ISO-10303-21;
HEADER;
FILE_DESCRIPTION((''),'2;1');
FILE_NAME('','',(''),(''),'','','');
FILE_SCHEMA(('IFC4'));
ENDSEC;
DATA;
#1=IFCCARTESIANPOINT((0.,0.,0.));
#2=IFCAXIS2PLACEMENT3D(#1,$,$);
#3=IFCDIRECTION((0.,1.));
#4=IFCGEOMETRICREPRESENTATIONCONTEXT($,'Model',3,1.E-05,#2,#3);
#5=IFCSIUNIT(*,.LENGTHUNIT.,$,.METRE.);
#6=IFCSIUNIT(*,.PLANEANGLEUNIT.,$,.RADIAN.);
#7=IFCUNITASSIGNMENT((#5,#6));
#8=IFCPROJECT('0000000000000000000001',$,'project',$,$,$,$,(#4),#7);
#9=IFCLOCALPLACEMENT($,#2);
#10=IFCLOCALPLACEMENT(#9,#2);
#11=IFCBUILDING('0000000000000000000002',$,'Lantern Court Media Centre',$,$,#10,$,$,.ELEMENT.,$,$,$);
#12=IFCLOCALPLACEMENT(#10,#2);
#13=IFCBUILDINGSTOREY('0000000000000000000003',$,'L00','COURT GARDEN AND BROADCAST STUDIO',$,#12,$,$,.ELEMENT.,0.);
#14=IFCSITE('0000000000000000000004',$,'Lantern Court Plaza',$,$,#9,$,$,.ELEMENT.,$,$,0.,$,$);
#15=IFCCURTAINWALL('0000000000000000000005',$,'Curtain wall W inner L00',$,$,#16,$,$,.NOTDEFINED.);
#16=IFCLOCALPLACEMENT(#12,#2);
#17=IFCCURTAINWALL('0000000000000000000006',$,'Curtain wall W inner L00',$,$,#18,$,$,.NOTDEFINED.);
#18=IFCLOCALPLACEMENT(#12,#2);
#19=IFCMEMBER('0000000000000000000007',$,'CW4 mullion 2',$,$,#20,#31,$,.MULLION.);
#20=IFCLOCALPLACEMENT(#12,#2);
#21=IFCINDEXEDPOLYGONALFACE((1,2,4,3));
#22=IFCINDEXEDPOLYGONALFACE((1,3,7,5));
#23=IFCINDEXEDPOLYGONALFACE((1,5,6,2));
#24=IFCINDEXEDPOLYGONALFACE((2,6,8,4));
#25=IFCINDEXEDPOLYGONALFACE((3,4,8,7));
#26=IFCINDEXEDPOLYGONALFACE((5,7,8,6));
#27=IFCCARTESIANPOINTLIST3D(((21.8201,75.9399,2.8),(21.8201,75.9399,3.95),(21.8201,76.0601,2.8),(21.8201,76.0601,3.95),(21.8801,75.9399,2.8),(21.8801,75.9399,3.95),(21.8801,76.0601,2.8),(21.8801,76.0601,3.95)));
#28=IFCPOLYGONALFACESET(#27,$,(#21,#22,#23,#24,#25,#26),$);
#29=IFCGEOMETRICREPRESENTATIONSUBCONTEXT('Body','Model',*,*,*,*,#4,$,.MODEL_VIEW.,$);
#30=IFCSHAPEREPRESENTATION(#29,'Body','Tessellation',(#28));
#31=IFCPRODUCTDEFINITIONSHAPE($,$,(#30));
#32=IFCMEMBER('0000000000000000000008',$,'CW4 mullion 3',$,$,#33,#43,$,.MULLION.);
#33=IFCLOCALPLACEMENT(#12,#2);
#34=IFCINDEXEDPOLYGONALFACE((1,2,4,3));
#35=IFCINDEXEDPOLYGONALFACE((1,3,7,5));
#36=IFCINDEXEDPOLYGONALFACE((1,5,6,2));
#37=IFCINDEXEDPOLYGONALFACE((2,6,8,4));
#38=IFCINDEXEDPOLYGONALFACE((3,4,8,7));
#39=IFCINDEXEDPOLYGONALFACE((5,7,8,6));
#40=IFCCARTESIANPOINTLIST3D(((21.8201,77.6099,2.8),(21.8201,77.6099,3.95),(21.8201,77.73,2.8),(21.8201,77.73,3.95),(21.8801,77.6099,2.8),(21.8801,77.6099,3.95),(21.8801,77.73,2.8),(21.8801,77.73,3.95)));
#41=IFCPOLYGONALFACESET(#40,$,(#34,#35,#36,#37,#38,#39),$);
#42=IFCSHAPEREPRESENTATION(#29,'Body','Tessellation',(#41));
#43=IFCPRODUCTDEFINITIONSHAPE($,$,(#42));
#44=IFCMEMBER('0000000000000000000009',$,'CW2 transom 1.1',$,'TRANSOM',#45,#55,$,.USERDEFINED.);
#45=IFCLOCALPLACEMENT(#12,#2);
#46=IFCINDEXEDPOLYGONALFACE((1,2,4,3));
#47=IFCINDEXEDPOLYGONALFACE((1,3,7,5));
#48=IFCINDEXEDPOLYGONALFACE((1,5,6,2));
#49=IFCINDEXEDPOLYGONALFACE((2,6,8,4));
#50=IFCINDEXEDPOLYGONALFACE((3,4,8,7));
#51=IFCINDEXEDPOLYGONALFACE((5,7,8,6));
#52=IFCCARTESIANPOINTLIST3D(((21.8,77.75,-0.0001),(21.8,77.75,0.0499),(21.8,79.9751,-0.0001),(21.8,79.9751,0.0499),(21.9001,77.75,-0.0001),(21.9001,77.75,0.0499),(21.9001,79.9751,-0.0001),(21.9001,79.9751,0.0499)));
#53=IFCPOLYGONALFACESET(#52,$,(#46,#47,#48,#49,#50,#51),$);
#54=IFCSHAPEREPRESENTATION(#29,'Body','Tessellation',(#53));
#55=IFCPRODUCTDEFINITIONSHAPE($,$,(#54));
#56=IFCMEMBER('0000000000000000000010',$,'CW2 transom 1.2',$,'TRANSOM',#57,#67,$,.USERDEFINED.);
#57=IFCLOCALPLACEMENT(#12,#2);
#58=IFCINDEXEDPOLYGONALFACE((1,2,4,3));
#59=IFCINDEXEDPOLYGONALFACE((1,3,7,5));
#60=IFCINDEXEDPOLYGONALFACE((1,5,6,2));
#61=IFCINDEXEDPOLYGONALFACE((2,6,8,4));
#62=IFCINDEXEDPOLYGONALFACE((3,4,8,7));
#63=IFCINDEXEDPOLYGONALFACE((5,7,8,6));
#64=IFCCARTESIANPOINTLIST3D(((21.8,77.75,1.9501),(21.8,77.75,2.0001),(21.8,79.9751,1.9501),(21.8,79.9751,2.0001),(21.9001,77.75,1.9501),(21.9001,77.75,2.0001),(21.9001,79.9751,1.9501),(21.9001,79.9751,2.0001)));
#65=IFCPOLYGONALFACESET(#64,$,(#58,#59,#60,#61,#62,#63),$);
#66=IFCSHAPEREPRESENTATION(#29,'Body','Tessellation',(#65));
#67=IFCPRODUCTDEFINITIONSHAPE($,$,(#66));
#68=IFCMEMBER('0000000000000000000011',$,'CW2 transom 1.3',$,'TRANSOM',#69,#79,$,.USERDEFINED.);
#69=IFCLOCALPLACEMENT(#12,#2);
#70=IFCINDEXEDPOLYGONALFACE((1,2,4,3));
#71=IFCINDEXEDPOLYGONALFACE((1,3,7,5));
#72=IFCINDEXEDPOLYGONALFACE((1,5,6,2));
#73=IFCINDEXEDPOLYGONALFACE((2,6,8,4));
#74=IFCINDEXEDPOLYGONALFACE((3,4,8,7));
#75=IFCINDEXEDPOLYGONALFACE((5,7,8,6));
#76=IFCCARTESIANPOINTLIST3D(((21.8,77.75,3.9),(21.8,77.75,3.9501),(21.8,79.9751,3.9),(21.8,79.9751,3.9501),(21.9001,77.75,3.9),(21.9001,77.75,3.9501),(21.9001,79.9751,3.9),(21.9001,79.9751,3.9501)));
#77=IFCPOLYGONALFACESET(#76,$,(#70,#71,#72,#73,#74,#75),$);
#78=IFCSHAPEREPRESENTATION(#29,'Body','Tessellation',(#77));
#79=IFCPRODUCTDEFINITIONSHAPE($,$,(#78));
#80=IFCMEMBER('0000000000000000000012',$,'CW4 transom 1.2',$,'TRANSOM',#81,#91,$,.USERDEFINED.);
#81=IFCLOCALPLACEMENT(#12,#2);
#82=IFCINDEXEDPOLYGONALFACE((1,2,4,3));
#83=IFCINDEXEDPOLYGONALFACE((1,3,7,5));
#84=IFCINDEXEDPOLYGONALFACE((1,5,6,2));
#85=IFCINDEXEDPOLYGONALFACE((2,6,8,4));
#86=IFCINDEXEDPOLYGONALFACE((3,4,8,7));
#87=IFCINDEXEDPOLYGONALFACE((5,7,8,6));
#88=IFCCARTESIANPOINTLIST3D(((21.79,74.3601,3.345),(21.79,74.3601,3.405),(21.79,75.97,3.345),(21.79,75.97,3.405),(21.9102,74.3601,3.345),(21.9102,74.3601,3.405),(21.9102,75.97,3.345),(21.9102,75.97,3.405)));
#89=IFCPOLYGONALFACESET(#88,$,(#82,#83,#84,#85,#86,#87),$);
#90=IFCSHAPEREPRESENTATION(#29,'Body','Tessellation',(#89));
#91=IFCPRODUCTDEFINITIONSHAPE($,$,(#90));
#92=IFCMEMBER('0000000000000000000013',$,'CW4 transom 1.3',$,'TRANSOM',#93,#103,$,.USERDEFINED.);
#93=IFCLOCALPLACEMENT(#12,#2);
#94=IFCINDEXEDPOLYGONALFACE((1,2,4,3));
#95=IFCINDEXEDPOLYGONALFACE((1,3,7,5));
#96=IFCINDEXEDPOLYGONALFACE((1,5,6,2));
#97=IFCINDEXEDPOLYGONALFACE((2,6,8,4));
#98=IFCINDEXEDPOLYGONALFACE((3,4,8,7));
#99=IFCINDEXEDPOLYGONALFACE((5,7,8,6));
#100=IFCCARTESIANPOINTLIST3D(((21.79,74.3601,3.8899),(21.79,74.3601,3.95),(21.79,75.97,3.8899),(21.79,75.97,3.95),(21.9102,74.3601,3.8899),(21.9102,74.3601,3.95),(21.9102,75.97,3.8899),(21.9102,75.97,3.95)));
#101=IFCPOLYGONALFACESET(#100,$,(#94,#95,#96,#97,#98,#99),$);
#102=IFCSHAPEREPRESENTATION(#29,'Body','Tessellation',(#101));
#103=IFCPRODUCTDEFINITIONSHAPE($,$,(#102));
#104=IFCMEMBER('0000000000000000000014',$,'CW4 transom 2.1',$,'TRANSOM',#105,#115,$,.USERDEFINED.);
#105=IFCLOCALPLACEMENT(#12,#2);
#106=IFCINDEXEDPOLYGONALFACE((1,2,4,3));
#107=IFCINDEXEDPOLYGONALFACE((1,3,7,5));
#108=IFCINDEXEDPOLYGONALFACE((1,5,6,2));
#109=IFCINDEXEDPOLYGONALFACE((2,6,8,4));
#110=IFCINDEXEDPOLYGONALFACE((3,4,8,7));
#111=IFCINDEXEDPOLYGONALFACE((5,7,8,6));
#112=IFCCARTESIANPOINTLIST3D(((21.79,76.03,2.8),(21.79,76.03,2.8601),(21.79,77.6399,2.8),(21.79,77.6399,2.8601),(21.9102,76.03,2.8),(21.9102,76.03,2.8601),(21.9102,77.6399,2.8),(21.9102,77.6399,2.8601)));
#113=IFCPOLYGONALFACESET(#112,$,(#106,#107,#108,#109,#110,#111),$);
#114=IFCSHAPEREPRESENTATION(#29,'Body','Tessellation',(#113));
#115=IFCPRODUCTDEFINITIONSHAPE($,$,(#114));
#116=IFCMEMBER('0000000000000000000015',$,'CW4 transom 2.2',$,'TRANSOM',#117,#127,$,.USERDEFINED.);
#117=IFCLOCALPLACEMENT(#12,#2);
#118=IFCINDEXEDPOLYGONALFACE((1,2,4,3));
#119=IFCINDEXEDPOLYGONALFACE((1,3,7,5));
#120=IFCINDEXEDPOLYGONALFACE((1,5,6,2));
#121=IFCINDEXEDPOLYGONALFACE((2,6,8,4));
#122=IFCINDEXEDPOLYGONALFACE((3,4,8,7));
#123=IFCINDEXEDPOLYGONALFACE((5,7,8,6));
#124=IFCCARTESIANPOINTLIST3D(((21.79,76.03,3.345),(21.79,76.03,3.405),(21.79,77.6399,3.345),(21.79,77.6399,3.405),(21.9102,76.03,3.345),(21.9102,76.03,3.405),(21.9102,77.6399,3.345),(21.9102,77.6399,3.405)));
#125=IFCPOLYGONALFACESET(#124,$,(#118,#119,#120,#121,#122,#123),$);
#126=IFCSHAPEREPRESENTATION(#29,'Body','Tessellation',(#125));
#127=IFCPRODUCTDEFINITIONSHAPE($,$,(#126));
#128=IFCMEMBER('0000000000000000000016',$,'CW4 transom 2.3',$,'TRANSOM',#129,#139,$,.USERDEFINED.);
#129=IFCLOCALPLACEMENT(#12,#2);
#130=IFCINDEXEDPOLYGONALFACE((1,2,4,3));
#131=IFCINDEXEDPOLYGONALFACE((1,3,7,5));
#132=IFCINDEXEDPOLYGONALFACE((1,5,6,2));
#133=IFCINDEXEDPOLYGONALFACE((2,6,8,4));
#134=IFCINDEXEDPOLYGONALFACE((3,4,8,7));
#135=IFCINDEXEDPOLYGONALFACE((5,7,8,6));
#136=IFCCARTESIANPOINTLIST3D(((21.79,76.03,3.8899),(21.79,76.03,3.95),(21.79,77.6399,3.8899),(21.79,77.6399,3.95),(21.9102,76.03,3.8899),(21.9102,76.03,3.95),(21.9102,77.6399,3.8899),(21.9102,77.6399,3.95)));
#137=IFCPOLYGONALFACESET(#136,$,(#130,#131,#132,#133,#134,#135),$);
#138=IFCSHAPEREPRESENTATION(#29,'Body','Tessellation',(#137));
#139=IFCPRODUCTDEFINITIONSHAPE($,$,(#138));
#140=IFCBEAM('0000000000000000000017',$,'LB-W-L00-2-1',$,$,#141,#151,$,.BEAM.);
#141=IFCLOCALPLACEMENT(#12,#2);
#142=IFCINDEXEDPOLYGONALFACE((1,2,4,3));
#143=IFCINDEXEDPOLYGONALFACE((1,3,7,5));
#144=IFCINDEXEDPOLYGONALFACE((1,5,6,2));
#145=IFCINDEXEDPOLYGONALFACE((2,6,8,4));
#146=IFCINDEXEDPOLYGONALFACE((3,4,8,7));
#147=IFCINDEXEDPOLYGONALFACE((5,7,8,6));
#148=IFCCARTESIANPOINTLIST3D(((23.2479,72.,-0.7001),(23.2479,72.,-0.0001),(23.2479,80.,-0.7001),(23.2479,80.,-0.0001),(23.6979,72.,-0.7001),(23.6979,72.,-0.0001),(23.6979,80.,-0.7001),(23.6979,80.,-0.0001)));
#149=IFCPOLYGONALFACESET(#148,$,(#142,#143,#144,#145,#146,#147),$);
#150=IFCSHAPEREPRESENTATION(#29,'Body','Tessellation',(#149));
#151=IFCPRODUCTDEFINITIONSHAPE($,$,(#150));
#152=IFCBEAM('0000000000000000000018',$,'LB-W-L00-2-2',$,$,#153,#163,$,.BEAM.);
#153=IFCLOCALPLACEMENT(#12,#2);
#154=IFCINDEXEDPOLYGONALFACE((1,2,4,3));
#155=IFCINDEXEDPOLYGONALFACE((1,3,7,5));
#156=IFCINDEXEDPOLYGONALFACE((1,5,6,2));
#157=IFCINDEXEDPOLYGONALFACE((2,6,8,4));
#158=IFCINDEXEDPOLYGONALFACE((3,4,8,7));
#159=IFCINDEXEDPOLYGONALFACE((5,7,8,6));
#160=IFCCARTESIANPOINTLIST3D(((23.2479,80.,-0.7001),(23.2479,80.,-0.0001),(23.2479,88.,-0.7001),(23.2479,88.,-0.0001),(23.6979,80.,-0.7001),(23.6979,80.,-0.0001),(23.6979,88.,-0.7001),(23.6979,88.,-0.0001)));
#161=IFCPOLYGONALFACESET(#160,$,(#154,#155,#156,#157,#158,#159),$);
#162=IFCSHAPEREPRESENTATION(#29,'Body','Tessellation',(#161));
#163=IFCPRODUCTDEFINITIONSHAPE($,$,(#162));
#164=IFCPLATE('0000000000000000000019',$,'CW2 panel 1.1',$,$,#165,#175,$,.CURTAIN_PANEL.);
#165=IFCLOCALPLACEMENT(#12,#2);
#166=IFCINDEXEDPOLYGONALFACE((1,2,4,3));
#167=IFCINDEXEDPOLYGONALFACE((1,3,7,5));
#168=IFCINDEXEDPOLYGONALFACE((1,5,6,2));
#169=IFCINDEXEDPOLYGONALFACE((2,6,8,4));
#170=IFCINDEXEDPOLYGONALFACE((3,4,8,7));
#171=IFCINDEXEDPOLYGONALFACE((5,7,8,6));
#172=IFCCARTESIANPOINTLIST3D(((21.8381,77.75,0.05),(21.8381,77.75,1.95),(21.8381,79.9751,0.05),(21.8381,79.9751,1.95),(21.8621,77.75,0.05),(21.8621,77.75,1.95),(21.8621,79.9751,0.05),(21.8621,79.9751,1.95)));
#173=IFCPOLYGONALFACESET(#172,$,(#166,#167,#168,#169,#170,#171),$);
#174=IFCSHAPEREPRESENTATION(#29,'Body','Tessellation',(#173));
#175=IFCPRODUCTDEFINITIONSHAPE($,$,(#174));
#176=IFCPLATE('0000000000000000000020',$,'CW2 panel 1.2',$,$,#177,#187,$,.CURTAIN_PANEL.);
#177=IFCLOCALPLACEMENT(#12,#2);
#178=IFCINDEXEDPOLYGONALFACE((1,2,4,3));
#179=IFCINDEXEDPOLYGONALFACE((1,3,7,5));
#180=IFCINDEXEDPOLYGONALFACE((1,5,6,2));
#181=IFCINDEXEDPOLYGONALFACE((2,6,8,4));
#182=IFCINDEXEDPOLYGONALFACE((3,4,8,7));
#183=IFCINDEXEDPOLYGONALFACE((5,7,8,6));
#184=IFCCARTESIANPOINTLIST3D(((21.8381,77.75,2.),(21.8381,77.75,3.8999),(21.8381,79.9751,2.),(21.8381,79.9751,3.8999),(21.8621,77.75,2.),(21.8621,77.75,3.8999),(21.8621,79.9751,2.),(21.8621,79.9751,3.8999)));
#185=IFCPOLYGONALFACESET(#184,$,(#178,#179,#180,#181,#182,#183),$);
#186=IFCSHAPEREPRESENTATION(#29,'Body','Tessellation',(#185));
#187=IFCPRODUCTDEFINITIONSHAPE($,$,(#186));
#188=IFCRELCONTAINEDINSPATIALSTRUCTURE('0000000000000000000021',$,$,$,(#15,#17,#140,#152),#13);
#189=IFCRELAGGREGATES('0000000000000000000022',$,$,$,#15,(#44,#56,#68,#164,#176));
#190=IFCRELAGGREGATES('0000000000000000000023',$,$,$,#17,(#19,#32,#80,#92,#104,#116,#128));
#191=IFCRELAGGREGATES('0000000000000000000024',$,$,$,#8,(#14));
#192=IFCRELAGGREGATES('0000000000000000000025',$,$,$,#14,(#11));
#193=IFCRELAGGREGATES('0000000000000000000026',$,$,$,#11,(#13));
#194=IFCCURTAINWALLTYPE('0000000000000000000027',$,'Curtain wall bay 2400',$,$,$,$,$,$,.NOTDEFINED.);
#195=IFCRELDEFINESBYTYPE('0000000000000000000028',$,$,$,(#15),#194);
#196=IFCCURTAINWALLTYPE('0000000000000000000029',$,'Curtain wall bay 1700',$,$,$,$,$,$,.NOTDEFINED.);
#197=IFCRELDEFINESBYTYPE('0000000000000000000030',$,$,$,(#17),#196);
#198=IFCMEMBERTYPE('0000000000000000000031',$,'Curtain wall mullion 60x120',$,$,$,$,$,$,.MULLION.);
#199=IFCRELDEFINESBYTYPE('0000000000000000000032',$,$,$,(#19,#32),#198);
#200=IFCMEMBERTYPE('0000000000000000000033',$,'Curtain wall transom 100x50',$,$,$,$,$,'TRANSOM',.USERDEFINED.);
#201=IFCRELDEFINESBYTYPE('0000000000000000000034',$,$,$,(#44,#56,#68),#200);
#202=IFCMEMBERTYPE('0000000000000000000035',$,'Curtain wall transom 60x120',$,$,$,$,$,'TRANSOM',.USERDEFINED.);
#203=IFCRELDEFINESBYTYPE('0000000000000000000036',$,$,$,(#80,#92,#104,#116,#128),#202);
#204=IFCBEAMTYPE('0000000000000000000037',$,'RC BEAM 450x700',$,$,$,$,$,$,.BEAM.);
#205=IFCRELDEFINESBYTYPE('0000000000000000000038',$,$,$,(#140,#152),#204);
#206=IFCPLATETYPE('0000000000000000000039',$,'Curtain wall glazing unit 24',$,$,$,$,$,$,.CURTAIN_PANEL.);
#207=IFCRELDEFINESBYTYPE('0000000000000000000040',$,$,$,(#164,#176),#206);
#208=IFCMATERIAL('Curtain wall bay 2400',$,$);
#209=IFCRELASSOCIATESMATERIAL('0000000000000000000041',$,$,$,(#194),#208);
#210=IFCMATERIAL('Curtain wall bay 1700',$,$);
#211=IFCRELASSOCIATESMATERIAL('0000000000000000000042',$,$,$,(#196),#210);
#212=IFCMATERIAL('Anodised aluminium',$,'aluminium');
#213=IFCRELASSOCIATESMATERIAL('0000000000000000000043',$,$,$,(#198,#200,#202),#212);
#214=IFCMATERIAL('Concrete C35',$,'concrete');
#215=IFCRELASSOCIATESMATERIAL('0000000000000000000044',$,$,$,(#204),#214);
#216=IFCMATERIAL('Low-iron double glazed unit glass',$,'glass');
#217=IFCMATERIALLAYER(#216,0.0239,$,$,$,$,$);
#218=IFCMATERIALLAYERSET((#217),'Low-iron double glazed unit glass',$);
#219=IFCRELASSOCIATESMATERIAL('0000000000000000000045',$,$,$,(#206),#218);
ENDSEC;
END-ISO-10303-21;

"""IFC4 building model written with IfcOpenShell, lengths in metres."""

from ifc_helpers import new_model, si_unit, direction, frame, origin, origin_2d, place, context, subcontext, project, spatial, rectangle, extrude, material, layer, layer_set, material_profile, profile_set, type_object, element, aggregate, save


model = new_model("IFC4")

# Units and contexts
model_context = context("Model", 3, precision=1e-05, world=origin(), true_north=direction((0.0, 1.0)))
body_context = subcontext(model_context, "Body", "Model", "MODEL_VIEW")
ifc_project = project(units=[si_unit("LENGTHUNIT", "METRE"), si_unit("PLANEANGLEUNIT", "RADIAN")], contexts=[model_context])

# Site, building, storey
site_placement = place(None, origin())
site = spatial("IfcSite", under=ifc_project, at=site_placement, Name="Lantern Court Plaza", CompositionType="ELEMENT", RefElevation=0.0)
building_placement = place(site_placement, origin())
building = spatial("IfcBuilding", under=site, at=building_placement, Name="Lantern Court Media Centre", CompositionType="ELEMENT")
storey_placement = place(building_placement, origin())
storey = spatial("IfcBuildingStorey", under=building, at=storey_placement, Name="L00", Description="COURT GARDEN AND BROADCAST STUDIO", CompositionType="ELEMENT", Elevation=0.0)

# Shared definitions
ifc_material_1 = material(Name="Concrete C35", Category="concrete")

# Shared definitions
ifc_material_2 = material(Name="Curtain wall bay 2400")
curtain_wall_type_1 = type_object("IfcCurtainWallType", Name="Curtain wall bay 2400", PredefinedType="NOTDEFINED", material=ifc_material_2)
ifc_material_3 = material(Name="Anodised aluminium", Category="aluminium")

# Curtain walls, members
curtain_wall_1_placement = place(storey_placement, origin())
curtain_wall_1 = element("IfcCurtainWall", 1, at=curtain_wall_1_placement, inside=storey, type_object=curtain_wall_type_1, Name="Curtain wall W inner L00", PredefinedType="NOTDEFINED")
ifc_material_4 = material(Name="Curtain wall bay 1700")
curtain_wall_type_2 = type_object("IfcCurtainWallType", Name="Curtain wall bay 1700", PredefinedType="NOTDEFINED", material=ifc_material_4)
curtain_wall_2_placement = place(storey_placement, origin())
curtain_wall_2 = element("IfcCurtainWall", 2, at=curtain_wall_2_placement, inside=storey, type_object=curtain_wall_type_2, Name="Curtain wall W inner L00", PredefinedType="NOTDEFINED")
ifc_material_profile_1 = material_profile(ifc_material_3, rectangle(XDim=0.0601, YDim=0.1201, at=origin_2d()), Name="AL 60x120")
ifc_profile_set_1 = profile_set([ifc_material_profile_1], Name="Anodised aluminium")
member_type_1 = type_object("IfcMemberType", Name="Curtain wall mullion 60x120", PredefinedType="MULLION", material=ifc_profile_set_1)
member_1_placement = place(storey_placement, frame((21.8501, 76.0, 2.8), z_axis=(0.0, 0.0, 1.0), x_axis=(-1.0, 0.0, 0.0)))
member_1 = element("IfcMember", 3, at=member_1_placement, type_object=member_type_1, Name="CW4 mullion 2", PredefinedType="MULLION", context=body_context, shape_type="SweptSolid", body=[
    extrude(rectangle(XDim=0.0601, YDim=0.1201, at=origin_2d()), origin(), (0.0, 0.0, 1.0), 1.1499),
])
member_2_placement = place(storey_placement, frame((21.8501, 77.6699, 2.8), z_axis=(0.0, 0.0, 1.0), x_axis=(-1.0, 0.0, 0.0)))
member_2 = element("IfcMember", 4, at=member_2_placement, type_object=member_type_1, Name="CW4 mullion 3", PredefinedType="MULLION", context=body_context, shape_type="SweptSolid", body=[
    extrude(rectangle(XDim=0.0601, YDim=0.1201, at=origin_2d()), origin(), (0.0, 0.0, 1.0), 1.1499),
])

# Members
ifc_material_profile_2 = material_profile(ifc_material_3, rectangle(XDim=0.1001, YDim=0.05, at=origin_2d()), Name="AL 50x100")
ifc_profile_set_2 = profile_set([ifc_material_profile_2], Name="Anodised aluminium")
member_type_2 = type_object("IfcMemberType", Name="Curtain wall transom 100x50", ElementType="TRANSOM", PredefinedType="USERDEFINED", material=ifc_profile_set_2)
member_3_placement = place(storey_placement, frame((21.8501, 77.75, 0.0249), z_axis=(0.0, 1.0, 0.0), x_axis=(-1.0, 0.0, 0.0)))
member_3 = element("IfcMember", 5, at=member_3_placement, type_object=member_type_2, Name="CW2 transom 1.1", ObjectType="TRANSOM", PredefinedType="USERDEFINED", context=body_context, shape_type="SweptSolid", body=[
    extrude(rectangle(XDim=0.1001, YDim=0.05, at=origin_2d()), origin(), (0.0, 0.0, 1.0), 2.2251),
])
member_4_placement = place(storey_placement, frame((21.8501, 77.75, 1.9751), z_axis=(0.0, 1.0, 0.0), x_axis=(-1.0, 0.0, 0.0)))
member_4 = element("IfcMember", 6, at=member_4_placement, type_object=member_type_2, Name="CW2 transom 1.2", ObjectType="TRANSOM", PredefinedType="USERDEFINED", context=body_context, shape_type="SweptSolid", body=[
    extrude(rectangle(XDim=0.1001, YDim=0.05, at=origin_2d()), origin(), (0.0, 0.0, 1.0), 2.2251),
])
member_5_placement = place(storey_placement, frame((21.8501, 77.75, 3.925), z_axis=(0.0, 1.0, 0.0), x_axis=(-1.0, 0.0, 0.0)))
member_5 = element("IfcMember", 7, at=member_5_placement, type_object=member_type_2, Name="CW2 transom 1.3", ObjectType="TRANSOM", PredefinedType="USERDEFINED", context=body_context, shape_type="SweptSolid", body=[
    extrude(rectangle(XDim=0.1001, YDim=0.05, at=origin_2d()), origin(), (0.0, 0.0, 1.0), 2.2251),
])
ifc_material_profile_3 = material_profile(ifc_material_3, rectangle(XDim=0.1201, YDim=0.0601, at=origin_2d()), Name="AL 60x120")
ifc_profile_set_3 = profile_set([ifc_material_profile_3], Name="Anodised aluminium")
member_type_3 = type_object("IfcMemberType", Name="Curtain wall transom 60x120", ElementType="TRANSOM", PredefinedType="USERDEFINED", material=ifc_profile_set_3)
member_6_placement = place(storey_placement, frame((21.8501, 74.3601, 3.375), z_axis=(0.0, 1.0, 0.0), x_axis=(-1.0, 0.0, 0.0)))
member_6 = element("IfcMember", 8, at=member_6_placement, type_object=member_type_3, Name="CW4 transom 1.2", ObjectType="TRANSOM", PredefinedType="USERDEFINED", context=body_context, shape_type="SweptSolid", body=[
    extrude(rectangle(XDim=0.1201, YDim=0.0601, at=origin_2d()), origin(), (0.0, 0.0, 1.0), 1.6099),
])
member_7_placement = place(storey_placement, frame((21.8501, 74.3601, 3.9199), z_axis=(0.0, 1.0, 0.0), x_axis=(-1.0, 0.0, 0.0)))
member_7 = element("IfcMember", 9, at=member_7_placement, type_object=member_type_3, Name="CW4 transom 1.3", ObjectType="TRANSOM", PredefinedType="USERDEFINED", context=body_context, shape_type="SweptSolid", body=[
    extrude(rectangle(XDim=0.1201, YDim=0.0601, at=origin_2d()), origin(), (0.0, 0.0, 1.0), 1.6099),
])
member_8_placement = place(storey_placement, frame((21.8501, 76.03, 2.8301), z_axis=(0.0, 1.0, 0.0), x_axis=(-1.0, 0.0, 0.0)))
member_8 = element("IfcMember", 10, at=member_8_placement, type_object=member_type_3, Name="CW4 transom 2.1", ObjectType="TRANSOM", PredefinedType="USERDEFINED", context=body_context, shape_type="SweptSolid", body=[
    extrude(rectangle(XDim=0.1201, YDim=0.0601, at=origin_2d()), origin(), (0.0, 0.0, 1.0), 1.6099),
])
member_9_placement = place(storey_placement, frame((21.8501, 76.03, 3.375), z_axis=(0.0, 1.0, 0.0), x_axis=(-1.0, 0.0, 0.0)))
member_9 = element("IfcMember", 11, at=member_9_placement, type_object=member_type_3, Name="CW4 transom 2.2", ObjectType="TRANSOM", PredefinedType="USERDEFINED", context=body_context, shape_type="SweptSolid", body=[
    extrude(rectangle(XDim=0.1201, YDim=0.0601, at=origin_2d()), origin(), (0.0, 0.0, 1.0), 1.6099),
])
member_10_placement = place(storey_placement, frame((21.8501, 76.03, 3.9199), z_axis=(0.0, 1.0, 0.0), x_axis=(-1.0, 0.0, 0.0)))
member_10 = element("IfcMember", 12, at=member_10_placement, type_object=member_type_3, Name="CW4 transom 2.3", ObjectType="TRANSOM", PredefinedType="USERDEFINED", context=body_context, shape_type="SweptSolid", body=[
    extrude(rectangle(XDim=0.1201, YDim=0.0601, at=origin_2d()), origin(), (0.0, 0.0, 1.0), 1.6099),
])

# Beams
ifc_material_profile_4 = material_profile(ifc_material_1, rectangle(XDim=0.45, YDim=0.7, at=origin_2d()), Name="RC 450x700")
ifc_profile_set_4 = profile_set([ifc_material_profile_4], Name="Concrete C35")
beam_type = type_object("IfcBeamType", Name="RC BEAM 450x700", PredefinedType="BEAM", material=ifc_profile_set_4)
for number, where, z_axis, x_axis, name in (
    (13, (23.4729, 72.0, -0.3501), (0.0, 1.0, 0.0), (-1.0, 0.0, 0.0), "LB-W-L00-2-1"),
    (14, (23.4729, 80.0, -0.3501), (0.0, 1.0, 0.0), (-1.0, 0.0, 0.0), "LB-W-L00-2-2"),
):
    element("IfcBeam", number, at=place(storey_placement, frame(where, z_axis=z_axis, x_axis=x_axis)), inside=storey, type_object=beam_type, Name=name, PredefinedType="BEAM", context=body_context, shape_type="SweptSolid", body=[
        extrude(rectangle(XDim=0.45, YDim=0.7, at=origin_2d()), origin(), (0.0, 0.0, 1.0), 8.0),
    ])

# Plates
ifc_material_5 = material(Name="Low-iron double glazed unit glass", Category="glass")
ifc_layer_1 = layer(ifc_material_5, 0.0239)
ifc_layer_set_1 = layer_set([ifc_layer_1], Name="Low-iron double glazed unit glass")
plate_type_1 = type_object("IfcPlateType", Name="Curtain wall glazing unit 24", PredefinedType="CURTAIN_PANEL", material=ifc_layer_set_1)
plate_1_placement = place(storey_placement, frame((21.8501, 78.8625, 0.05), z_axis=(0.0, 0.0, 1.0), x_axis=(0.0, 1.0, 0.0)))
plate_1 = element("IfcPlate", 15, at=plate_1_placement, type_object=plate_type_1, Name="CW2 panel 1.1", PredefinedType="CURTAIN_PANEL", context=body_context, shape_type="SweptSolid", body=[
    extrude(rectangle(XDim=2.2251, YDim=0.0239, at=origin_2d()), origin(), (0.0, 0.0, 1.0), 1.8999),
])
plate_2_placement = place(storey_placement, frame((21.8501, 78.8625, 2.0), z_axis=(0.0, 0.0, 1.0), x_axis=(0.0, 1.0, 0.0)))
plate_2 = element("IfcPlate", 16, at=plate_2_placement, type_object=plate_type_1, Name="CW2 panel 1.2", PredefinedType="CURTAIN_PANEL", context=body_context, shape_type="SweptSolid", body=[
    extrude(rectangle(XDim=2.2251, YDim=0.0239, at=origin_2d()), origin(), (0.0, 0.0, 1.0), 1.8999),
])
aggregate(curtain_wall_1, [member_3, member_4, member_5, plate_1, plate_2])
aggregate(curtain_wall_2, [member_1, member_2, member_6, member_7, member_8, member_9, member_10])

save(model, "model.ifc")
